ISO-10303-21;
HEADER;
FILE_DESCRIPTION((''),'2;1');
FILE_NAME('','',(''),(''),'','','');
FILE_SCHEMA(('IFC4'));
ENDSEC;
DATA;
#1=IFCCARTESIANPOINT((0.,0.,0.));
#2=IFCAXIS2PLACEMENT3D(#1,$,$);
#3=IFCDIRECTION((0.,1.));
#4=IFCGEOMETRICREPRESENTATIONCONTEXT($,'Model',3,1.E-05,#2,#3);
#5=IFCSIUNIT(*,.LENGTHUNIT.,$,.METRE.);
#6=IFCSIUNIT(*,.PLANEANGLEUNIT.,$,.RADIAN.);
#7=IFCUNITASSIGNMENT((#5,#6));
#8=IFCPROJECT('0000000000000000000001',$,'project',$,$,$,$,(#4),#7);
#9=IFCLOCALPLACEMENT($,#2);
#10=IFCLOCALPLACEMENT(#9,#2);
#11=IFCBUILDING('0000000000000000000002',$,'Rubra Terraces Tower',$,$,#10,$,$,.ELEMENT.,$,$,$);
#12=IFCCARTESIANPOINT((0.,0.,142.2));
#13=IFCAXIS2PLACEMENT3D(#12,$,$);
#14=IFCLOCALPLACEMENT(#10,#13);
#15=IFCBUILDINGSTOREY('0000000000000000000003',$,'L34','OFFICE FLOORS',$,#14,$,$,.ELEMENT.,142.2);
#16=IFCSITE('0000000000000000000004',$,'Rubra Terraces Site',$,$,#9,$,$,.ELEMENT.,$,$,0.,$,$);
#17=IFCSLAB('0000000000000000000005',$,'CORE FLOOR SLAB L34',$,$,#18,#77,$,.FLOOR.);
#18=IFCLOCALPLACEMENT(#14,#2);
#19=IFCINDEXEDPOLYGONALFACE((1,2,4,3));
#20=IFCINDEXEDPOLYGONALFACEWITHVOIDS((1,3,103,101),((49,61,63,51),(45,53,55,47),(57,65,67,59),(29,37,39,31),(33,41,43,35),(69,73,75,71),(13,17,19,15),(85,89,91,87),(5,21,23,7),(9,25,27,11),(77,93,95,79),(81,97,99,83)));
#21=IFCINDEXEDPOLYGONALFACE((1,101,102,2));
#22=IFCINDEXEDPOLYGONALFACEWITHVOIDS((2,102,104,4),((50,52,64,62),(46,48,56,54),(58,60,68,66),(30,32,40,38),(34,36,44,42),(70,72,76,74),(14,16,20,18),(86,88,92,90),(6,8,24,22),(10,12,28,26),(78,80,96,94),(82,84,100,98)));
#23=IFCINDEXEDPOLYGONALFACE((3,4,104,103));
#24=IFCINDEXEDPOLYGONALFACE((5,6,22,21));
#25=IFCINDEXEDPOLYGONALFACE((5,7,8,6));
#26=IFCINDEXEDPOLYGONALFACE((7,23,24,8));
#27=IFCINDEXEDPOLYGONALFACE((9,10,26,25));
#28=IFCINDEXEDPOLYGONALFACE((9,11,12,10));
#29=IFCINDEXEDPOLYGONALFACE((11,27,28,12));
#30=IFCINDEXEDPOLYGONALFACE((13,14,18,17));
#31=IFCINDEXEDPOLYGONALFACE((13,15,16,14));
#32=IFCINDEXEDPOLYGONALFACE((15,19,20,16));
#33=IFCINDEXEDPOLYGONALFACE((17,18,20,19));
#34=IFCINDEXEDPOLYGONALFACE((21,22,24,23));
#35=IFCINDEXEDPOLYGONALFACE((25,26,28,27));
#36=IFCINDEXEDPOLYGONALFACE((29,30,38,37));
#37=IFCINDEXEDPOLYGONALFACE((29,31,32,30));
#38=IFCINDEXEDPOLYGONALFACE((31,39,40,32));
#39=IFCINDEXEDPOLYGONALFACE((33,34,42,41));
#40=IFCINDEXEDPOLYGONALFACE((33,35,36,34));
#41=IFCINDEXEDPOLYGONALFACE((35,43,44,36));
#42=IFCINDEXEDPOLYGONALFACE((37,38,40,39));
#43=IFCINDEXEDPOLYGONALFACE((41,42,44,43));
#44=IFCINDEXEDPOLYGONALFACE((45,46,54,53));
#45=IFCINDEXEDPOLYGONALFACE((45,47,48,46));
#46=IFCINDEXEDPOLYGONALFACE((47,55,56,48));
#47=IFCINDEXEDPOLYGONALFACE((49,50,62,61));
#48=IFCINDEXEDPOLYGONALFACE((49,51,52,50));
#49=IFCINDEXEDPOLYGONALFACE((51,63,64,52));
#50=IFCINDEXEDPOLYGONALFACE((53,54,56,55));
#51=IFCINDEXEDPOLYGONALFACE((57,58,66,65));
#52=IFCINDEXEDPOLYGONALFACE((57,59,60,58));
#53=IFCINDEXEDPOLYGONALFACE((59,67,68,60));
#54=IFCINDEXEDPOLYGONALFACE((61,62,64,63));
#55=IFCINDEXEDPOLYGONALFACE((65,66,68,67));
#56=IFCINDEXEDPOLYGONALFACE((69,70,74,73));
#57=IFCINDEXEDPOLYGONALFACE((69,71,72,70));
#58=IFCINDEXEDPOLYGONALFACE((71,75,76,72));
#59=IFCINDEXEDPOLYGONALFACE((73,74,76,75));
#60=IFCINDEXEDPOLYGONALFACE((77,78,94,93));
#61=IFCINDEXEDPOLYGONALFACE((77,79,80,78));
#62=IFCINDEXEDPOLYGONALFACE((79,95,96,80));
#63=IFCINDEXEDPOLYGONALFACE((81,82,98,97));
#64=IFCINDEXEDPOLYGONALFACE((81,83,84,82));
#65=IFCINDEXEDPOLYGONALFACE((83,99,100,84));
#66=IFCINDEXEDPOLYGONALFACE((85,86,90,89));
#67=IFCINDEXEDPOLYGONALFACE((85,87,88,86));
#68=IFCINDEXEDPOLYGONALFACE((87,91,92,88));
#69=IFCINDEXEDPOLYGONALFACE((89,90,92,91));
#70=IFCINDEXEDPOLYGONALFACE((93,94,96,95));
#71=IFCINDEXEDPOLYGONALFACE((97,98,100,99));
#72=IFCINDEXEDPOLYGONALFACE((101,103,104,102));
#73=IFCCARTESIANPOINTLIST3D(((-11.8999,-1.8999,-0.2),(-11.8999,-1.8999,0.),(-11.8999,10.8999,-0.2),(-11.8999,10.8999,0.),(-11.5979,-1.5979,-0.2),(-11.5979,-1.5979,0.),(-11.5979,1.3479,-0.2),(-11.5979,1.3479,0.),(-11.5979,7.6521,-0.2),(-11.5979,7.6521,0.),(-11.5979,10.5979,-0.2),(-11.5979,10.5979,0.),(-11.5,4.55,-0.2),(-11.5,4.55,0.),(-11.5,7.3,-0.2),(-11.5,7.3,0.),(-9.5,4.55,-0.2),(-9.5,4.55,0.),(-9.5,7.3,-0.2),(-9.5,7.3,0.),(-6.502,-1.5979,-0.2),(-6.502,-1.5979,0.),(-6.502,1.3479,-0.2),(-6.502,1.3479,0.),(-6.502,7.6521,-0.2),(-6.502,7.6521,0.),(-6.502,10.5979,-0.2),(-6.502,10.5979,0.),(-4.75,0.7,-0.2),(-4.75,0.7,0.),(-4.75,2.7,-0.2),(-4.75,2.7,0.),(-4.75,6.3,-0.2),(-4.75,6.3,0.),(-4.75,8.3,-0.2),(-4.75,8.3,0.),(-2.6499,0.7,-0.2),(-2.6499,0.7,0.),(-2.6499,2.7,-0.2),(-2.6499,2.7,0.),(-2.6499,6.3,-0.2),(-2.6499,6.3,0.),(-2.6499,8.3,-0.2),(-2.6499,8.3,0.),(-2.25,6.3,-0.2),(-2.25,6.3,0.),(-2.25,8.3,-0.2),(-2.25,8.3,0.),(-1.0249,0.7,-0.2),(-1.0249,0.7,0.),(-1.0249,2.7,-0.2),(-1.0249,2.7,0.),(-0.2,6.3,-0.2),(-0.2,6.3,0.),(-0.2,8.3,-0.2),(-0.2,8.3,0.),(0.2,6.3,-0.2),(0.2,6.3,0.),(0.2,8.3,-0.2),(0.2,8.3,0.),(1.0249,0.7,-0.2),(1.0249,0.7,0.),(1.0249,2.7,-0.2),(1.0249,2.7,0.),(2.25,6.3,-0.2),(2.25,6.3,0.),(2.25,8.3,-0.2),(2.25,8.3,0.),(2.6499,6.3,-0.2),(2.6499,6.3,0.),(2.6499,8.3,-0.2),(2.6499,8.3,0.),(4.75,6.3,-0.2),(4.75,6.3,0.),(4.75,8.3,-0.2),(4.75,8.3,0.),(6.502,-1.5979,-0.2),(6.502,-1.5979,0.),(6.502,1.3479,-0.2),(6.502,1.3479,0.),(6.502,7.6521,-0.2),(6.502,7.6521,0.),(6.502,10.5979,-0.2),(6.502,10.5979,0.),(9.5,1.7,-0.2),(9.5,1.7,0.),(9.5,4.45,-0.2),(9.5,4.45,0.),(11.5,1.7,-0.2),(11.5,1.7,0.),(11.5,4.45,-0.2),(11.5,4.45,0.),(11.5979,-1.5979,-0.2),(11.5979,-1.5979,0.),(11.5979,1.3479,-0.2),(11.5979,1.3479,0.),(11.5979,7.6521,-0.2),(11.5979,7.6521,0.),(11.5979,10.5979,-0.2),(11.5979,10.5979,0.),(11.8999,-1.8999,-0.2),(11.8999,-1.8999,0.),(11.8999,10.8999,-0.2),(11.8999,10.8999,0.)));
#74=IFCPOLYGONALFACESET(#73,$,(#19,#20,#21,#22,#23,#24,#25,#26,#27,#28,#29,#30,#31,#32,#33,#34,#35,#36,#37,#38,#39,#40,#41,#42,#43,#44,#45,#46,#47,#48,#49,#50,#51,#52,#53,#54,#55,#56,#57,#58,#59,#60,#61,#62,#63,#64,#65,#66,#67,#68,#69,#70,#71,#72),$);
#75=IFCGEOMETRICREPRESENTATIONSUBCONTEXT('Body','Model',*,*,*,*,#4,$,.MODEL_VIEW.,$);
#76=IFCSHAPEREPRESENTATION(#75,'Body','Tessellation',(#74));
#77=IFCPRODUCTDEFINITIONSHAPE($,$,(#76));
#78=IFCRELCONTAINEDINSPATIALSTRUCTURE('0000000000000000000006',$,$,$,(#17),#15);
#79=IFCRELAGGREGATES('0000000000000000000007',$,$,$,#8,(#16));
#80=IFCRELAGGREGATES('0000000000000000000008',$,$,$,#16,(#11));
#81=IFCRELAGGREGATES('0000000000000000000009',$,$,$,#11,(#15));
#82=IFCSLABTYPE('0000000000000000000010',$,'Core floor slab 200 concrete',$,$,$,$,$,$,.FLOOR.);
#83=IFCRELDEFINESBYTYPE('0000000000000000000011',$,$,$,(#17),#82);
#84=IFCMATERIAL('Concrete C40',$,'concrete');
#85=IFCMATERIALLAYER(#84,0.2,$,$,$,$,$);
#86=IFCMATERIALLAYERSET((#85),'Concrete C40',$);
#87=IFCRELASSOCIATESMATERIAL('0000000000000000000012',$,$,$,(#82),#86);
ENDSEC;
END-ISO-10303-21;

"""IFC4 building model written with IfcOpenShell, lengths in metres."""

from ifc_helpers import new_model, si_unit, direction, frame, origin, place, context, subcontext, project, spatial, polyline, outline, extrude, material, layer, layer_set, type_object, element, save


model = new_model("IFC4")

# Units and contexts
model_context = context("Model", 3, precision=1e-05, world=origin(), true_north=direction((0.0, 1.0)))
body_context = subcontext(model_context, "Body", "Model", "MODEL_VIEW")
ifc_project = project(units=[si_unit("LENGTHUNIT", "METRE"), si_unit("PLANEANGLEUNIT", "RADIAN")], contexts=[model_context])

# Site, building, storey
site_placement = place(None, origin())
site = spatial("IfcSite", under=ifc_project, at=site_placement, Name="Rubra Terraces Site", CompositionType="ELEMENT", RefElevation=0.0)
building_placement = place(site_placement, origin())
building = spatial("IfcBuilding", under=site, at=building_placement, Name="Rubra Terraces Tower", CompositionType="ELEMENT")
storey_placement = place(building_placement, frame((0.0, 0.0, 142.2)))
storey = spatial("IfcBuildingStorey", under=building, at=storey_placement, Name="L34", Description="OFFICE FLOORS", CompositionType="ELEMENT", Elevation=142.2)

# Slab
ifc_material_1 = material(Name="Concrete C40", Category="concrete")
ifc_layer_1 = layer(ifc_material_1, 0.2)
ifc_layer_set_1 = layer_set([ifc_layer_1], Name="Concrete C40")
slab_type_1 = type_object("IfcSlabType", Name="Core floor slab 200 concrete", PredefinedType="FLOOR", material=ifc_layer_set_1)
slab_1_placement = place(storey_placement, frame((0.0, 0.0, -0.2)))
element("IfcSlab", 1, at=slab_1_placement, inside=storey, type_object=slab_type_1, Name="CORE FLOOR SLAB L34", PredefinedType="FLOOR", context=body_context, shape_type="SweptSolid", body=[
    extrude(outline(polyline([(-11.8999, -1.8999), (-11.8999, 10.8999), (11.8999, 10.8999), (11.8999, -1.8999), (-11.8999, -1.8999)]), holes=[polyline([(11.5979, 1.3479), (6.502, 1.3479), (6.502, -1.5979), (11.5979, -1.5979), (11.5979, 1.3479)]), polyline([(11.5979, 7.6521), (11.5979, 10.5979), (6.502, 10.5979), (6.502, 7.6521), (11.5979, 7.6521)]), polyline([(9.5, 1.7), (11.5, 1.7), (11.5, 4.45), (9.5, 4.45), (9.5, 1.7)]), polyline([(4.75, 6.3), (4.75, 8.3), (2.6499, 8.3), (2.6499, 6.3), (4.75, 6.3)]), polyline([(2.25, 8.3), (0.2, 8.3), (0.2, 6.3), (2.25, 6.3), (2.25, 8.3)]), polyline([(1.0249, 0.7), (1.0249, 2.7), (-1.0249, 2.7), (-1.0249, 0.7), (1.0249, 0.7)]), polyline([(-0.2, 6.3), (-0.2, 8.3), (-2.25, 8.3), (-2.25, 6.3), (-0.2, 6.3)]), polyline([(-4.75, 8.3), (-4.75, 6.3), (-2.6499, 6.3), (-2.6499, 8.3), (-4.75, 8.3)]), polyline([(-2.6499, 0.7), (-2.6499, 2.7), (-4.75, 2.7), (-4.75, 0.7), (-2.6499, 0.7)]), polyline([(-11.5979, -1.5979), (-6.502, -1.5979), (-6.502, 1.3479), (-11.5979, 1.3479), (-11.5979, -1.5979)]), polyline([(-11.5979, 10.5979), (-11.5979, 7.6521), (-6.502, 7.6521), (-6.502, 10.5979), (-11.5979, 10.5979)]), polyline([(-9.5, 4.55), (-9.5, 7.3), (-11.5, 7.3), (-11.5, 4.55), (-9.5, 4.55)])]), origin(), (0.0, 0.0, 1.0), 0.2),
])

save(model, "model.ifc")
